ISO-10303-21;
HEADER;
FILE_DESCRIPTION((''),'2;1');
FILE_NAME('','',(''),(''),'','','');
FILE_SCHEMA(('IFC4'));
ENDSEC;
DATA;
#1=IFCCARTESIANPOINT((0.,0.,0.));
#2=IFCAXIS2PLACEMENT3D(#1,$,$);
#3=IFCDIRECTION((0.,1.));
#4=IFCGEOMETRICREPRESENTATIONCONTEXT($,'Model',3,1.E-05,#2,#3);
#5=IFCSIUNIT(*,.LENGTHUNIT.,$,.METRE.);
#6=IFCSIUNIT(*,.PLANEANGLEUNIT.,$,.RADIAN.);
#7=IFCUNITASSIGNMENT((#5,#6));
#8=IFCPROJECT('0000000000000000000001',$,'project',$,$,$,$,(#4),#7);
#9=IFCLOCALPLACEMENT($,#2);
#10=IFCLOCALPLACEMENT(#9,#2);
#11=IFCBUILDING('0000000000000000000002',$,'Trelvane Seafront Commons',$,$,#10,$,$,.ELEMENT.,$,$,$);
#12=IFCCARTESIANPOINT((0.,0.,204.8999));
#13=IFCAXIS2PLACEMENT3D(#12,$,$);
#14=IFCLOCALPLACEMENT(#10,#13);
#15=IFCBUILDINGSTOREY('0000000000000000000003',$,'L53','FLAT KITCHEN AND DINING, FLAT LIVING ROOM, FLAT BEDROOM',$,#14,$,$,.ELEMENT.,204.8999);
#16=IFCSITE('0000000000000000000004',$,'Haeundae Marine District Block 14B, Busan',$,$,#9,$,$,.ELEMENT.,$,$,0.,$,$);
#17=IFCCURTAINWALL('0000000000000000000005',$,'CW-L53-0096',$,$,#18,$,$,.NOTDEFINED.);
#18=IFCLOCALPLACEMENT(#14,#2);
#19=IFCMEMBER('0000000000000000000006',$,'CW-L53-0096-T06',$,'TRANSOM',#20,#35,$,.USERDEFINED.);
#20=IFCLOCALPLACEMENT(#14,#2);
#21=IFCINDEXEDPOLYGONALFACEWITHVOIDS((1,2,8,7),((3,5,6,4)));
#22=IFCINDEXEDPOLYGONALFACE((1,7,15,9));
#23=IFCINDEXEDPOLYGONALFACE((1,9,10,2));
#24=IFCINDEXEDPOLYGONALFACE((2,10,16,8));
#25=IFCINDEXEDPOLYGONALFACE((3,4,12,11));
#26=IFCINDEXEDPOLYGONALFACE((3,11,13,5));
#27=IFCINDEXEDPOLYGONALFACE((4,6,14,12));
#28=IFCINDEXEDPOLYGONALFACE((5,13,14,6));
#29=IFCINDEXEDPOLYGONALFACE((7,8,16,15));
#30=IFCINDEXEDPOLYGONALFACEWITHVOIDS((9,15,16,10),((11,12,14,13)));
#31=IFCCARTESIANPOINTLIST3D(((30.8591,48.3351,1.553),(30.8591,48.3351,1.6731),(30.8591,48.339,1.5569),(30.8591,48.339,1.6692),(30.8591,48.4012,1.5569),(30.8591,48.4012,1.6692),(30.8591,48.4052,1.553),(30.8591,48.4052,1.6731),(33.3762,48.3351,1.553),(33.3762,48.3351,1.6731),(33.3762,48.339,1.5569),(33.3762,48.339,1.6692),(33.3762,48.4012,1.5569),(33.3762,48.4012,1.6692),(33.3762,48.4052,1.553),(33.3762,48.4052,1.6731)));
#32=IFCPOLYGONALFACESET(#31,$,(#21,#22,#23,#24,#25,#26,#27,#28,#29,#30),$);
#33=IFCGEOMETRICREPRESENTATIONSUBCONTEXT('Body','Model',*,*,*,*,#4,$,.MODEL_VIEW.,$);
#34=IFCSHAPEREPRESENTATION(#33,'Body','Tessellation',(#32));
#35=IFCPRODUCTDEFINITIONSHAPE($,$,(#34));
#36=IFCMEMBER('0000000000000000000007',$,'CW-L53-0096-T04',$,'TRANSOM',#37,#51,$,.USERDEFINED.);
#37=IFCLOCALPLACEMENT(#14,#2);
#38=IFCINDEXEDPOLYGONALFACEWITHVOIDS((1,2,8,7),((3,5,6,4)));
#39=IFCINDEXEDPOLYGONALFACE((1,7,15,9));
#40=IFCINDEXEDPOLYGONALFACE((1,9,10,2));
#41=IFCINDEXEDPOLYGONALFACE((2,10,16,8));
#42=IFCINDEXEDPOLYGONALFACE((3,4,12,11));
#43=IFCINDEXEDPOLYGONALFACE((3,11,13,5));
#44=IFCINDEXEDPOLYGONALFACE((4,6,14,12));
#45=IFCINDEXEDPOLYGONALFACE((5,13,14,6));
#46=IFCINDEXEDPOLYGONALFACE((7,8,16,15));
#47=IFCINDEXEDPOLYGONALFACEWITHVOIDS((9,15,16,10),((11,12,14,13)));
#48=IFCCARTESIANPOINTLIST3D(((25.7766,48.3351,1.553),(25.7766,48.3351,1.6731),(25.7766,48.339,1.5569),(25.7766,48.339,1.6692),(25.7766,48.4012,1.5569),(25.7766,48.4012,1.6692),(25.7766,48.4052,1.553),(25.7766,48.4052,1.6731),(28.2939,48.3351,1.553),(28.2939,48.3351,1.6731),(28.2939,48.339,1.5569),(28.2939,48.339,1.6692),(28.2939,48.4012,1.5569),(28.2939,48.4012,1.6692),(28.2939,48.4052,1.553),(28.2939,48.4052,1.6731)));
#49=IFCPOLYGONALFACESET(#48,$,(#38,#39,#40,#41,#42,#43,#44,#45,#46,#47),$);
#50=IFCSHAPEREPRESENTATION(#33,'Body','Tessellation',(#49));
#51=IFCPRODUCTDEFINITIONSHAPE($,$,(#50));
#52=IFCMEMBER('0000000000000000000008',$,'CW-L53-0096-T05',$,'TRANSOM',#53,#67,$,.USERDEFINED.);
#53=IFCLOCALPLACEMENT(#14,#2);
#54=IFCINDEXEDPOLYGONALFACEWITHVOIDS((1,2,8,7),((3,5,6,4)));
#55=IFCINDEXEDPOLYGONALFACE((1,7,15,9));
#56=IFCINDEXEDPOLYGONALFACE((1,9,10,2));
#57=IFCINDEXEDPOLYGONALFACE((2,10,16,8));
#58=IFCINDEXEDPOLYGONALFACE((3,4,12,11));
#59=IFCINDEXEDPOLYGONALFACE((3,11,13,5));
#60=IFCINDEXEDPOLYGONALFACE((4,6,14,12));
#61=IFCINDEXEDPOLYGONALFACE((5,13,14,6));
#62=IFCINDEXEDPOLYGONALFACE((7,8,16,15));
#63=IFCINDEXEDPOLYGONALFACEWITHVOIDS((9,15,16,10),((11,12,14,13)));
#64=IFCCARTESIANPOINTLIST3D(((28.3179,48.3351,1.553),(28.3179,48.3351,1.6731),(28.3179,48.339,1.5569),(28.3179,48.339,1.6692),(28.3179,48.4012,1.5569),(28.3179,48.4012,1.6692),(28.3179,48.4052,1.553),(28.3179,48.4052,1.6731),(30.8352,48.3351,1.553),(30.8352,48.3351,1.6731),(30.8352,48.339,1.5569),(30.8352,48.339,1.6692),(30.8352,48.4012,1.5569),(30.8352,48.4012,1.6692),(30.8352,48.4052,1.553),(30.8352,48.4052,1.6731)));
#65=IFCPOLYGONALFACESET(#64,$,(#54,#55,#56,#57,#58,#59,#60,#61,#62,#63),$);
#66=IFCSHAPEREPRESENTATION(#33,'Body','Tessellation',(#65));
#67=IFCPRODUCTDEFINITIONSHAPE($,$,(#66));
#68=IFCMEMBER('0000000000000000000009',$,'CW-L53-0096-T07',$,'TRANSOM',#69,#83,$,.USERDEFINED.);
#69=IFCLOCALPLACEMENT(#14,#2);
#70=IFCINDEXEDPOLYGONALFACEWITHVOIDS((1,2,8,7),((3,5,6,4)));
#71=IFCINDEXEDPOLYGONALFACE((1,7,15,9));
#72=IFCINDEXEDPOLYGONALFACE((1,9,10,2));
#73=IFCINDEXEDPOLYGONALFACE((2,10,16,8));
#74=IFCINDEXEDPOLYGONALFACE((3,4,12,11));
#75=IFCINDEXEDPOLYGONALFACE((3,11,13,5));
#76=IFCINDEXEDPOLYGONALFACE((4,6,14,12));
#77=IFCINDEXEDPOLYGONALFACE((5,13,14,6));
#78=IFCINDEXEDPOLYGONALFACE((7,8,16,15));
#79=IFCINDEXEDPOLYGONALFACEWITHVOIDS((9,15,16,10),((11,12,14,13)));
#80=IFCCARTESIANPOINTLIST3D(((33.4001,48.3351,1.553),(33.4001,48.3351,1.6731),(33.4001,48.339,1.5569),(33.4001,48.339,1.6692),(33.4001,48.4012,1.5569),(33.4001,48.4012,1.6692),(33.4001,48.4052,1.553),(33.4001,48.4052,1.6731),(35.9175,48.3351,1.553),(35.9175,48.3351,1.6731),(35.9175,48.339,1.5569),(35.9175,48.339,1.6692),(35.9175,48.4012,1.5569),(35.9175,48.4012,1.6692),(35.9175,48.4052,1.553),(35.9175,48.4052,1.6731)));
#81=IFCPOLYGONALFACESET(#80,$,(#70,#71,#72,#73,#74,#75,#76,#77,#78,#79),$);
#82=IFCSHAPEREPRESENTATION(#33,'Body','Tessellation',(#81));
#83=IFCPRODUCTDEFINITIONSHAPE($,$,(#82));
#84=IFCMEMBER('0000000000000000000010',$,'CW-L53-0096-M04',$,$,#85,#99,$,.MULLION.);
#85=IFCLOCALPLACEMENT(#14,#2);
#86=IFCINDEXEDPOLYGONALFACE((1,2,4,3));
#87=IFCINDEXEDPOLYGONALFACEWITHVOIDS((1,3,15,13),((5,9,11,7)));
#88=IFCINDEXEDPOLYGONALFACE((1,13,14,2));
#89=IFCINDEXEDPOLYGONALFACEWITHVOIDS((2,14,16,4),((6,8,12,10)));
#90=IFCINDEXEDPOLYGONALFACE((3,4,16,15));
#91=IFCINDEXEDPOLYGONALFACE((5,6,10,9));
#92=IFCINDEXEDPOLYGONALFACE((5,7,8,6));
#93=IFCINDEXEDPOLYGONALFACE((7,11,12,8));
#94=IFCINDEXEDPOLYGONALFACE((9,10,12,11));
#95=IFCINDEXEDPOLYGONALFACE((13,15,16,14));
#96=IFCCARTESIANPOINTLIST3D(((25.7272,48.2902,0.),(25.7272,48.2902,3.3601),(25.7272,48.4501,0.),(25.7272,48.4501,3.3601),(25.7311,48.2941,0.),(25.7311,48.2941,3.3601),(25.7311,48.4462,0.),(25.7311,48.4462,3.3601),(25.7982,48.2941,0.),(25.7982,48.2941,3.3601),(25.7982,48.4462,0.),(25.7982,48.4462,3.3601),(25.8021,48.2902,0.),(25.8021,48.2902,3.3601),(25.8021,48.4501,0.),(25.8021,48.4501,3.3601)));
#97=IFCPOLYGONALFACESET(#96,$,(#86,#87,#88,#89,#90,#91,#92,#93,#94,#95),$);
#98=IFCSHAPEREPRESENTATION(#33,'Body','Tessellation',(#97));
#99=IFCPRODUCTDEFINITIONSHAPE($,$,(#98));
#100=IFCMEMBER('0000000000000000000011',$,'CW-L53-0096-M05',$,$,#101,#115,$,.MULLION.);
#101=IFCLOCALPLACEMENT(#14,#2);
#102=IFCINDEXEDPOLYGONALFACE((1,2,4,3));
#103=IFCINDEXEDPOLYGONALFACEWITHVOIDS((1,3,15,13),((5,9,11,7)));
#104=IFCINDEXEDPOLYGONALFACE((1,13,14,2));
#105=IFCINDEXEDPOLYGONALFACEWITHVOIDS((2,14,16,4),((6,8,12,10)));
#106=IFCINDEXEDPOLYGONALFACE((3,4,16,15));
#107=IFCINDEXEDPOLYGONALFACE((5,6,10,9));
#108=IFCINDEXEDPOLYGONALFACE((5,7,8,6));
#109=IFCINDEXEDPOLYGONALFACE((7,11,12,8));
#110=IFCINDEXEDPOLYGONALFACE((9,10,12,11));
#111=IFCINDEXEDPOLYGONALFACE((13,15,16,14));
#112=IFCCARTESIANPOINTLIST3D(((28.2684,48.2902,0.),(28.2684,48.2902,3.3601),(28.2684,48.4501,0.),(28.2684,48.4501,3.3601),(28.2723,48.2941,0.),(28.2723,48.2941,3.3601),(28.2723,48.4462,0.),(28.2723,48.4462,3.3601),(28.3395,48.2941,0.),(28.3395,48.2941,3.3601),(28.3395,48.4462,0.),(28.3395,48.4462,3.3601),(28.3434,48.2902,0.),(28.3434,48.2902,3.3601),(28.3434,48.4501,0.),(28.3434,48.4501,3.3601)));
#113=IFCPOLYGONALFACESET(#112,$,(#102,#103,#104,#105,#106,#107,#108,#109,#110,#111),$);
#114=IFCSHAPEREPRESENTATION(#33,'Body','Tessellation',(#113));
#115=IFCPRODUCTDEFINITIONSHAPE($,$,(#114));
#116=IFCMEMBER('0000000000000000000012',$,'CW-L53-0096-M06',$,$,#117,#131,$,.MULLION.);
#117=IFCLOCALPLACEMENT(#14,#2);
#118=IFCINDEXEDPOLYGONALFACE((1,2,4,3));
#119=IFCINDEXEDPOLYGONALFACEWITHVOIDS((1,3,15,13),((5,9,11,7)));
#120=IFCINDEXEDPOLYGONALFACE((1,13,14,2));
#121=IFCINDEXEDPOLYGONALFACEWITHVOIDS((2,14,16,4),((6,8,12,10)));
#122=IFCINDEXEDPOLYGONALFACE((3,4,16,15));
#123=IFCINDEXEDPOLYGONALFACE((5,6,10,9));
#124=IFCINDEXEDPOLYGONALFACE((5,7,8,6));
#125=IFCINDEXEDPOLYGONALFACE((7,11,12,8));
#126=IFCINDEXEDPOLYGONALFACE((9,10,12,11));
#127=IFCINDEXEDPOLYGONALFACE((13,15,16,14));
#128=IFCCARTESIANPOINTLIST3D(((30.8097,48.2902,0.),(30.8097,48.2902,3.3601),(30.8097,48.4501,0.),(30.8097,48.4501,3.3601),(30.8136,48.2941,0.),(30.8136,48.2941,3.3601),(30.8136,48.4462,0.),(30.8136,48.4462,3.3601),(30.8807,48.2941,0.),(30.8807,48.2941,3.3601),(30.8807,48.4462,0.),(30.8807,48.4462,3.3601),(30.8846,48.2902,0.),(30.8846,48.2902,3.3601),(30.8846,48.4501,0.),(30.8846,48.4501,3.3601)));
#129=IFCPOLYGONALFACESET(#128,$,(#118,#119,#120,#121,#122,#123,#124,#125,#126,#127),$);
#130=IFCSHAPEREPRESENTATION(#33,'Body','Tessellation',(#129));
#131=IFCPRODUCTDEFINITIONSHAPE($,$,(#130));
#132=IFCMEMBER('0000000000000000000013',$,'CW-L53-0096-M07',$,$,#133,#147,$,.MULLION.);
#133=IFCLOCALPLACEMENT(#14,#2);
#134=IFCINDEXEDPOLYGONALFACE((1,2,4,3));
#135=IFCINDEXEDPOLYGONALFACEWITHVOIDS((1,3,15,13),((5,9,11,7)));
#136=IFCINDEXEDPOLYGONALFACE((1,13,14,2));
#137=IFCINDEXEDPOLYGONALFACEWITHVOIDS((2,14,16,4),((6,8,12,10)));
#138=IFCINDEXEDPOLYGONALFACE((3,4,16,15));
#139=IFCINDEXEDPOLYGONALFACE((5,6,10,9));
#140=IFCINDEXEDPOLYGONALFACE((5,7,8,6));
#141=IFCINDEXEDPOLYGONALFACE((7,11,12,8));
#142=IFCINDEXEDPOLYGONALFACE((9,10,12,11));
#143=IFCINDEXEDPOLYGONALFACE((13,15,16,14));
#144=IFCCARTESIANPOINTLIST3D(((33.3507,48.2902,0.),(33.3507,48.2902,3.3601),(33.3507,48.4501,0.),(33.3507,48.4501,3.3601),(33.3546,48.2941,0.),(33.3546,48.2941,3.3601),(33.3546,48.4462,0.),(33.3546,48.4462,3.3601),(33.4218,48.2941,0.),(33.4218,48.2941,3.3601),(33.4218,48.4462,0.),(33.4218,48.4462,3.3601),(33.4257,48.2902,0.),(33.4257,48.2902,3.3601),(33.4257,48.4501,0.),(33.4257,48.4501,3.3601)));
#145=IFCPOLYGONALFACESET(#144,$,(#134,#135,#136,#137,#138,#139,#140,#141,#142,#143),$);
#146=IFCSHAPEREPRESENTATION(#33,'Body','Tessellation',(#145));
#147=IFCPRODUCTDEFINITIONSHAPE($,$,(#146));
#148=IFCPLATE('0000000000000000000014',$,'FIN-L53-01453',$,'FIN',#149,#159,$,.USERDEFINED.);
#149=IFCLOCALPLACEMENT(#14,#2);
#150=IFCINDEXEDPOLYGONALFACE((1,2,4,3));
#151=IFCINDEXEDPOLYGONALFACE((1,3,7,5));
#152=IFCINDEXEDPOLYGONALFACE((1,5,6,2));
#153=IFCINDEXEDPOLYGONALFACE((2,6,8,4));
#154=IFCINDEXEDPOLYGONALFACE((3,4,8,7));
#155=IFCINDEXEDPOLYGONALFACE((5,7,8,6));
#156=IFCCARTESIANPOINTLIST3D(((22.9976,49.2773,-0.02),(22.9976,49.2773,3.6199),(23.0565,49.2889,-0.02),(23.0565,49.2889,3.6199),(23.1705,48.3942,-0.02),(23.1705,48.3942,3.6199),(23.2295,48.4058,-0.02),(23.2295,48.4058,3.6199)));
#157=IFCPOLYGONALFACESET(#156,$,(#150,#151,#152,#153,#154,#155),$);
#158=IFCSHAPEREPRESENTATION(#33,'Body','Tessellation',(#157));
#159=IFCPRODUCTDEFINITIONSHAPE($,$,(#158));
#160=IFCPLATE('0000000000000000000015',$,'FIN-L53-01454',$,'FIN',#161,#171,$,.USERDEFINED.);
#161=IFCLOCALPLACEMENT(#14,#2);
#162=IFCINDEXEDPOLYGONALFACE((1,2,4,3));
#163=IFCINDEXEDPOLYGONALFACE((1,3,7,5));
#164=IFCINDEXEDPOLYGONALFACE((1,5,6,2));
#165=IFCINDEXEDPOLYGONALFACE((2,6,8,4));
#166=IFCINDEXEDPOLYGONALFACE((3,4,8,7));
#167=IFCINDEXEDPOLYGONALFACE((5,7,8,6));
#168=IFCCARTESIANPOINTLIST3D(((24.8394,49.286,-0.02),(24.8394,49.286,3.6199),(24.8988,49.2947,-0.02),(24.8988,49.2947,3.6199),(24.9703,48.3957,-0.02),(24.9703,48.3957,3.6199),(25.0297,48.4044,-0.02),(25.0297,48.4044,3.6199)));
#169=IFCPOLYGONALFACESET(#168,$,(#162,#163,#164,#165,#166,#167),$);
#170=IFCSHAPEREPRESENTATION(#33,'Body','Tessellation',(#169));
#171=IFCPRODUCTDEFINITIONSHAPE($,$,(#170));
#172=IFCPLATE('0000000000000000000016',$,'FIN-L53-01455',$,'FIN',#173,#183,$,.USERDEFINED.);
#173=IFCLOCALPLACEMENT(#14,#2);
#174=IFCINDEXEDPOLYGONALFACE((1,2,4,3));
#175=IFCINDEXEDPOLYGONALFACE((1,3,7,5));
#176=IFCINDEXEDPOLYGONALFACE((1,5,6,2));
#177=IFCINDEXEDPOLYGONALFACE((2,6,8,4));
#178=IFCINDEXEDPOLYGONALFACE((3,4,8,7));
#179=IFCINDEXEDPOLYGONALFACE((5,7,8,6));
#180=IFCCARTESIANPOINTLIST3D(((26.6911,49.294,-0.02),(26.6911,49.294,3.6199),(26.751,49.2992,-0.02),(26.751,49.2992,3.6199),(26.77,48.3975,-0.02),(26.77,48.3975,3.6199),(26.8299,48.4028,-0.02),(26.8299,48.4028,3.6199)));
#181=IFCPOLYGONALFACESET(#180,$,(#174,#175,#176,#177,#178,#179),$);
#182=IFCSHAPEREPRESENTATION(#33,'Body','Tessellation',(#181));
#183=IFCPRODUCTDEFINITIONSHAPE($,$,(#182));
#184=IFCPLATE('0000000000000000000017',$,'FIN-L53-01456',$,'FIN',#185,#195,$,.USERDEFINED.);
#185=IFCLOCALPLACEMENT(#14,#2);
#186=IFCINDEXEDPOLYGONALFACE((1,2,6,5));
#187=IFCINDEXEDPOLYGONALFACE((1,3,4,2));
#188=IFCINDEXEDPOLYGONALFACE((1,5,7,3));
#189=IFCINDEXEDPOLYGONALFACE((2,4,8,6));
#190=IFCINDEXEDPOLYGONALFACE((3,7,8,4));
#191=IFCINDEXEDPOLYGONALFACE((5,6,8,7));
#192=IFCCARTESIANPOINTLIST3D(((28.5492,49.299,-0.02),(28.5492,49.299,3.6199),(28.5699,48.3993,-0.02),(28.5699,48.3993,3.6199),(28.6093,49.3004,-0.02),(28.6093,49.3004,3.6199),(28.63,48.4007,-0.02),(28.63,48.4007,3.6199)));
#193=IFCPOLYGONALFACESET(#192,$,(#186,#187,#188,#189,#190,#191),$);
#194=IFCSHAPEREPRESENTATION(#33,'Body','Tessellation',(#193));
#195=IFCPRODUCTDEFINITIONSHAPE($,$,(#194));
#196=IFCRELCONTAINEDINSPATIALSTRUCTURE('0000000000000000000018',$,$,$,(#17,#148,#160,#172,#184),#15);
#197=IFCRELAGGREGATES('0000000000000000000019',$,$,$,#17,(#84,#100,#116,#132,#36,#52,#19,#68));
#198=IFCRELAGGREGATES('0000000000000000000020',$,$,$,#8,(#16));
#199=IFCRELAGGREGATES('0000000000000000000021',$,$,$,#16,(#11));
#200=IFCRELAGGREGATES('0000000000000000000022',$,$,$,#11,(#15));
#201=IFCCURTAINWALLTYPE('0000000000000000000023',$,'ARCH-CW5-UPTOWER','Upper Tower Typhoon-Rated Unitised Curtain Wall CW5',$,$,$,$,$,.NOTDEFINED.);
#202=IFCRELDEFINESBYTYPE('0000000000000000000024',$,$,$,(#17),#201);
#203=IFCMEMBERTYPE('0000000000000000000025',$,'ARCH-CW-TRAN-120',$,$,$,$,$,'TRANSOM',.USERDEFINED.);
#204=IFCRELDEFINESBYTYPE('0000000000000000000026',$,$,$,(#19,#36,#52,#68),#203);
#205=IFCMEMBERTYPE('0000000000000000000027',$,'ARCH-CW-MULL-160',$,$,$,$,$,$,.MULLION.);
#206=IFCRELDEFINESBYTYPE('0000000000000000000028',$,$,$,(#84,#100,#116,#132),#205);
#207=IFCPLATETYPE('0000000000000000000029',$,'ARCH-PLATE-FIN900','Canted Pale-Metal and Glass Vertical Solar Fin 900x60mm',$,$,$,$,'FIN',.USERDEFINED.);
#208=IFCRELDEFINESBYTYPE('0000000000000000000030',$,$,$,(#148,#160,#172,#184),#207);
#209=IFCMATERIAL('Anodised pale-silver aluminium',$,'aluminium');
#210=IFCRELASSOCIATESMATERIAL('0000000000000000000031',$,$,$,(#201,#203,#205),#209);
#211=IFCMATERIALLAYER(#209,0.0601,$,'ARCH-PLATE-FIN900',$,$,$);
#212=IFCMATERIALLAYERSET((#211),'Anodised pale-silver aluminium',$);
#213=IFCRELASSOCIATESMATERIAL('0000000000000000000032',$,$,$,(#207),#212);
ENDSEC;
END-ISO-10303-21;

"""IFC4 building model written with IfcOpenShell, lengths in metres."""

from ifc_helpers import new_model, si_unit, direction, frame, origin, origin_2d, place, context, subcontext, project, spatial, rectangle, hollow_rectangle, extrude, source, transform, mapped, material, layer, layer_set, material_profile, profile_set, type_object, element, aggregate, save


model = new_model("IFC4")

# Units and contexts
model_context = context("Model", 3, precision=1e-05, world=origin(), true_north=direction((0.0, 1.0)))
body_context = subcontext(model_context, "Body", "Model", "MODEL_VIEW")
ifc_project = project(units=[si_unit("LENGTHUNIT", "METRE"), si_unit("PLANEANGLEUNIT", "RADIAN")], contexts=[model_context])

# Site, building, storey
site_placement = place(None, origin())
site = spatial("IfcSite", under=ifc_project, at=site_placement, Name="Haeundae Marine District Block 14B, Busan", CompositionType="ELEMENT", RefElevation=0.0)
building_placement = place(site_placement, origin())
building = spatial("IfcBuilding", under=site, at=building_placement, Name="Trelvane Seafront Commons", CompositionType="ELEMENT")
storey_placement = place(building_placement, frame((0.0, 0.0, 204.8999)))
storey = spatial("IfcBuildingStorey", under=building, at=storey_placement, Name="L53", Description="FLAT KITCHEN AND DINING, FLAT LIVING ROOM, FLAT BEDROOM", CompositionType="ELEMENT", Elevation=204.8999)

# Curtain wall, members
ifc_material_1 = material(Name="Anodised pale-silver aluminium", Category="aluminium")
curtain_wall_type = type_object("IfcCurtainWallType", Name="ARCH-CW5-UPTOWER", Description="Upper Tower Typhoon-Rated Unitised Curtain Wall CW5", PredefinedType="NOTDEFINED", material=ifc_material_1)
curtain_wall_placement = place(storey_placement, origin())
curtain_wall = element("IfcCurtainWall", 1, at=curtain_wall_placement, inside=storey, type_object=curtain_wall_type, Name="CW-L53-0096", PredefinedType="NOTDEFINED")
ifc_material_profile_1 = material_profile(ifc_material_1, hollow_rectangle(XDim=0.0701, YDim=0.1201, WallThickness=0.0039, at=origin_2d()), Name="TRAN-70x120x4")
ifc_profile_set_1 = profile_set([ifc_material_profile_1], Name="Anodised pale-silver aluminium")
member_type_1 = type_object("IfcMemberType", Name="ARCH-CW-TRAN-120", ElementType="TRANSOM", PredefinedType="USERDEFINED", material=ifc_profile_set_1)
shared_shape_1 = source(origin(), body_context, "Body", "SweptSolid", [
    extrude(hollow_rectangle(XDim=0.0701, YDim=0.1201, WallThickness=0.0039, at=origin_2d()), origin(), (0.0, 0.0, 1.0), 2.5171),
])
member_1_placement = place(storey_placement, frame((30.8591, 48.3701, 1.613), z_axis=(1.0, 0.0, 0.0), x_axis=(0.0, 1.0, 0.0)))
member_1 = element("IfcMember", 2, at=member_1_placement, type_object=member_type_1, Name="CW-L53-0096-T06", ObjectType="TRANSOM", PredefinedType="USERDEFINED", context=body_context, shape_type="MappedRepresentation", body=[
    mapped(shared_shape_1, transform((0.0, 0.0, 0.0), x_axis=(1.0, 0.0, 0.0), y_axis=(0.0, 1.0, 0.0), z_axis=(0.0, 0.0, 1.0), scale=1.0)),
])
shared_shape_2 = source(origin(), body_context, "Body", "SweptSolid", [
    extrude(hollow_rectangle(XDim=0.0701, YDim=0.1201, WallThickness=0.0039, at=origin_2d()), origin(), (0.0, 0.0, 1.0), 2.5173),
])
member_2_placement = place(storey_placement, frame((25.7766, 48.3701, 1.613), z_axis=(1.0, 0.0, 0.0), x_axis=(0.0, 1.0, 0.0)))
member_2 = element("IfcMember", 3, at=member_2_placement, type_object=member_type_1, Name="CW-L53-0096-T04", ObjectType="TRANSOM", PredefinedType="USERDEFINED", context=body_context, shape_type="MappedRepresentation", body=[
    mapped(shared_shape_2, transform((0.0, 0.0, 0.0), x_axis=(1.0, 0.0, 0.0), y_axis=(0.0, 1.0, 0.0), z_axis=(0.0, 0.0, 1.0), scale=1.0)),
])
member_3_placement = place(storey_placement, frame((28.3179, 48.3701, 1.613), z_axis=(1.0, 0.0, 0.0), x_axis=(0.0, 1.0, 0.0)))
member_3 = element("IfcMember", 4, at=member_3_placement, type_object=member_type_1, Name="CW-L53-0096-T05", ObjectType="TRANSOM", PredefinedType="USERDEFINED", context=body_context, shape_type="MappedRepresentation", body=[
    mapped(shared_shape_2, transform((0.0, 0.0, 0.0), x_axis=(1.0, 0.0, 0.0), y_axis=(0.0, 1.0, 0.0), z_axis=(0.0, 0.0, 1.0), scale=1.0)),
])
member_4_placement = place(storey_placement, frame((33.4001, 48.3701, 1.613), z_axis=(1.0, 0.0, 0.0), x_axis=(0.0, 1.0, 0.0)))
member_4 = element("IfcMember", 5, at=member_4_placement, type_object=member_type_1, Name="CW-L53-0096-T07", ObjectType="TRANSOM", PredefinedType="USERDEFINED", context=body_context, shape_type="MappedRepresentation", body=[
    mapped(shared_shape_2, transform((0.0, 0.0, 0.0), x_axis=(1.0, 0.0, 0.0), y_axis=(0.0, 1.0, 0.0), z_axis=(0.0, 0.0, 1.0), scale=1.0)),
])
ifc_material_profile_2 = material_profile(ifc_material_1, hollow_rectangle(XDim=0.075, YDim=0.1599, WallThickness=0.0039, at=origin_2d()), Name="MULL-75x160x4")
ifc_profile_set_2 = profile_set([ifc_material_profile_2], Name="Anodised pale-silver aluminium")
member_type_2 = type_object("IfcMemberType", Name="ARCH-CW-MULL-160", PredefinedType="MULLION", material=ifc_profile_set_2)
shared_shape_3 = source(origin(), body_context, "Body", "SweptSolid", [
    extrude(hollow_rectangle(XDim=0.075, YDim=0.1599, WallThickness=0.0039, at=origin_2d()), origin(), (0.0, 0.0, 1.0), 3.3601),
])
member_5_placement = place(storey_placement, frame((25.7646, 48.3701, 0.0), z_axis=(0.0, 0.0, 1.0), x_axis=(1.0, 0.0, 0.0)))
member_5 = element("IfcMember", 6, at=member_5_placement, type_object=member_type_2, Name="CW-L53-0096-M04", PredefinedType="MULLION", context=body_context, shape_type="MappedRepresentation", body=[
    mapped(shared_shape_3, transform((0.0, 0.0, 0.0), x_axis=(1.0, 0.0, 0.0), y_axis=(0.0, 1.0, 0.0), z_axis=(0.0, 0.0, 1.0), scale=1.0)),
])
member_6_placement = place(storey_placement, frame((28.3059, 48.3701, 0.0), z_axis=(0.0, 0.0, 1.0), x_axis=(1.0, 0.0, 0.0)))
member_6 = element("IfcMember", 7, at=member_6_placement, type_object=member_type_2, Name="CW-L53-0096-M05", PredefinedType="MULLION", context=body_context, shape_type="MappedRepresentation", body=[
    mapped(shared_shape_3, transform((0.0, 0.0, 0.0), x_axis=(1.0, 0.0, 0.0), y_axis=(0.0, 1.0, 0.0), z_axis=(0.0, 0.0, 1.0), scale=1.0)),
])
member_7_placement = place(storey_placement, frame((30.8472, 48.3701, 0.0), z_axis=(0.0, 0.0, 1.0), x_axis=(1.0, 0.0, 0.0)))
member_7 = element("IfcMember", 8, at=member_7_placement, type_object=member_type_2, Name="CW-L53-0096-M06", PredefinedType="MULLION", context=body_context, shape_type="MappedRepresentation", body=[
    mapped(shared_shape_3, transform((0.0, 0.0, 0.0), x_axis=(1.0, 0.0, 0.0), y_axis=(0.0, 1.0, 0.0), z_axis=(0.0, 0.0, 1.0), scale=1.0)),
])
member_8_placement = place(storey_placement, frame((33.3882, 48.3701, 0.0), z_axis=(0.0, 0.0, 1.0), x_axis=(1.0, 0.0, 0.0)))
member_8 = element("IfcMember", 9, at=member_8_placement, type_object=member_type_2, Name="CW-L53-0096-M07", PredefinedType="MULLION", context=body_context, shape_type="MappedRepresentation", body=[
    mapped(shared_shape_3, transform((0.0, 0.0, 0.0), x_axis=(1.0, 0.0, 0.0), y_axis=(0.0, 1.0, 0.0), z_axis=(0.0, 0.0, 1.0), scale=1.0)),
])

# Plates
ifc_layer_1 = layer(ifc_material_1, 0.0601, Name="ARCH-PLATE-FIN900")
ifc_layer_set_1 = layer_set([ifc_layer_1], Name="Anodised pale-silver aluminium")
plate_type_1 = type_object("IfcPlateType", Name="ARCH-PLATE-FIN900", Description="Canted Pale-Metal and Glass Vertical Solar Fin 900x60mm", ElementType="FIN", PredefinedType="USERDEFINED", material=ifc_layer_set_1)
shared_shape_4 = source(origin(), body_context, "Body", "SweptSolid", [
    extrude(rectangle(XDim=0.8999, YDim=0.0601, at=origin_2d()), origin(), (0.0, 0.0, 1.0), 3.6399),
])
for number, where, z_axis, x_axis, name in (
    (10, (23.1135, 48.8416, -0.02), (0.0, 0.0, 1.0), (-0.192226, 0.981351, 0.0), "FIN-L53-01453"),
    (11, (24.9346, 48.8452, -0.02), (0.0, 0.0, 1.0), (-0.145449, 0.989366, 0.0), "FIN-L53-01454"),
    (12, (26.7605, 48.8484, -0.02), (0.0, 0.0, 1.0), (-0.08767, 0.99615, 0.0), "FIN-L53-01455"),
    (13, (28.5896, 48.8499, -0.02), (0.0, 0.0, 1.0), (-0.023, 0.999735, 0.0), "FIN-L53-01456"),
):
    element("IfcPlate", number, at=place(storey_placement, frame(where, z_axis=z_axis, x_axis=x_axis)), inside=storey, type_object=plate_type_1, Name=name, ObjectType="FIN", PredefinedType="USERDEFINED", context=body_context, shape_type="MappedRepresentation", body=[
        mapped(shared_shape_4, transform((0.0, 0.0, 0.0), x_axis=(1.0, 0.0, 0.0), y_axis=(0.0, 1.0, 0.0), z_axis=(0.0, 0.0, 1.0), scale=1.0)),
    ])

aggregate(curtain_wall, [member_5, member_6, member_7, member_8, member_2, member_3, member_1, member_4])

save(model, "model.ifc")
